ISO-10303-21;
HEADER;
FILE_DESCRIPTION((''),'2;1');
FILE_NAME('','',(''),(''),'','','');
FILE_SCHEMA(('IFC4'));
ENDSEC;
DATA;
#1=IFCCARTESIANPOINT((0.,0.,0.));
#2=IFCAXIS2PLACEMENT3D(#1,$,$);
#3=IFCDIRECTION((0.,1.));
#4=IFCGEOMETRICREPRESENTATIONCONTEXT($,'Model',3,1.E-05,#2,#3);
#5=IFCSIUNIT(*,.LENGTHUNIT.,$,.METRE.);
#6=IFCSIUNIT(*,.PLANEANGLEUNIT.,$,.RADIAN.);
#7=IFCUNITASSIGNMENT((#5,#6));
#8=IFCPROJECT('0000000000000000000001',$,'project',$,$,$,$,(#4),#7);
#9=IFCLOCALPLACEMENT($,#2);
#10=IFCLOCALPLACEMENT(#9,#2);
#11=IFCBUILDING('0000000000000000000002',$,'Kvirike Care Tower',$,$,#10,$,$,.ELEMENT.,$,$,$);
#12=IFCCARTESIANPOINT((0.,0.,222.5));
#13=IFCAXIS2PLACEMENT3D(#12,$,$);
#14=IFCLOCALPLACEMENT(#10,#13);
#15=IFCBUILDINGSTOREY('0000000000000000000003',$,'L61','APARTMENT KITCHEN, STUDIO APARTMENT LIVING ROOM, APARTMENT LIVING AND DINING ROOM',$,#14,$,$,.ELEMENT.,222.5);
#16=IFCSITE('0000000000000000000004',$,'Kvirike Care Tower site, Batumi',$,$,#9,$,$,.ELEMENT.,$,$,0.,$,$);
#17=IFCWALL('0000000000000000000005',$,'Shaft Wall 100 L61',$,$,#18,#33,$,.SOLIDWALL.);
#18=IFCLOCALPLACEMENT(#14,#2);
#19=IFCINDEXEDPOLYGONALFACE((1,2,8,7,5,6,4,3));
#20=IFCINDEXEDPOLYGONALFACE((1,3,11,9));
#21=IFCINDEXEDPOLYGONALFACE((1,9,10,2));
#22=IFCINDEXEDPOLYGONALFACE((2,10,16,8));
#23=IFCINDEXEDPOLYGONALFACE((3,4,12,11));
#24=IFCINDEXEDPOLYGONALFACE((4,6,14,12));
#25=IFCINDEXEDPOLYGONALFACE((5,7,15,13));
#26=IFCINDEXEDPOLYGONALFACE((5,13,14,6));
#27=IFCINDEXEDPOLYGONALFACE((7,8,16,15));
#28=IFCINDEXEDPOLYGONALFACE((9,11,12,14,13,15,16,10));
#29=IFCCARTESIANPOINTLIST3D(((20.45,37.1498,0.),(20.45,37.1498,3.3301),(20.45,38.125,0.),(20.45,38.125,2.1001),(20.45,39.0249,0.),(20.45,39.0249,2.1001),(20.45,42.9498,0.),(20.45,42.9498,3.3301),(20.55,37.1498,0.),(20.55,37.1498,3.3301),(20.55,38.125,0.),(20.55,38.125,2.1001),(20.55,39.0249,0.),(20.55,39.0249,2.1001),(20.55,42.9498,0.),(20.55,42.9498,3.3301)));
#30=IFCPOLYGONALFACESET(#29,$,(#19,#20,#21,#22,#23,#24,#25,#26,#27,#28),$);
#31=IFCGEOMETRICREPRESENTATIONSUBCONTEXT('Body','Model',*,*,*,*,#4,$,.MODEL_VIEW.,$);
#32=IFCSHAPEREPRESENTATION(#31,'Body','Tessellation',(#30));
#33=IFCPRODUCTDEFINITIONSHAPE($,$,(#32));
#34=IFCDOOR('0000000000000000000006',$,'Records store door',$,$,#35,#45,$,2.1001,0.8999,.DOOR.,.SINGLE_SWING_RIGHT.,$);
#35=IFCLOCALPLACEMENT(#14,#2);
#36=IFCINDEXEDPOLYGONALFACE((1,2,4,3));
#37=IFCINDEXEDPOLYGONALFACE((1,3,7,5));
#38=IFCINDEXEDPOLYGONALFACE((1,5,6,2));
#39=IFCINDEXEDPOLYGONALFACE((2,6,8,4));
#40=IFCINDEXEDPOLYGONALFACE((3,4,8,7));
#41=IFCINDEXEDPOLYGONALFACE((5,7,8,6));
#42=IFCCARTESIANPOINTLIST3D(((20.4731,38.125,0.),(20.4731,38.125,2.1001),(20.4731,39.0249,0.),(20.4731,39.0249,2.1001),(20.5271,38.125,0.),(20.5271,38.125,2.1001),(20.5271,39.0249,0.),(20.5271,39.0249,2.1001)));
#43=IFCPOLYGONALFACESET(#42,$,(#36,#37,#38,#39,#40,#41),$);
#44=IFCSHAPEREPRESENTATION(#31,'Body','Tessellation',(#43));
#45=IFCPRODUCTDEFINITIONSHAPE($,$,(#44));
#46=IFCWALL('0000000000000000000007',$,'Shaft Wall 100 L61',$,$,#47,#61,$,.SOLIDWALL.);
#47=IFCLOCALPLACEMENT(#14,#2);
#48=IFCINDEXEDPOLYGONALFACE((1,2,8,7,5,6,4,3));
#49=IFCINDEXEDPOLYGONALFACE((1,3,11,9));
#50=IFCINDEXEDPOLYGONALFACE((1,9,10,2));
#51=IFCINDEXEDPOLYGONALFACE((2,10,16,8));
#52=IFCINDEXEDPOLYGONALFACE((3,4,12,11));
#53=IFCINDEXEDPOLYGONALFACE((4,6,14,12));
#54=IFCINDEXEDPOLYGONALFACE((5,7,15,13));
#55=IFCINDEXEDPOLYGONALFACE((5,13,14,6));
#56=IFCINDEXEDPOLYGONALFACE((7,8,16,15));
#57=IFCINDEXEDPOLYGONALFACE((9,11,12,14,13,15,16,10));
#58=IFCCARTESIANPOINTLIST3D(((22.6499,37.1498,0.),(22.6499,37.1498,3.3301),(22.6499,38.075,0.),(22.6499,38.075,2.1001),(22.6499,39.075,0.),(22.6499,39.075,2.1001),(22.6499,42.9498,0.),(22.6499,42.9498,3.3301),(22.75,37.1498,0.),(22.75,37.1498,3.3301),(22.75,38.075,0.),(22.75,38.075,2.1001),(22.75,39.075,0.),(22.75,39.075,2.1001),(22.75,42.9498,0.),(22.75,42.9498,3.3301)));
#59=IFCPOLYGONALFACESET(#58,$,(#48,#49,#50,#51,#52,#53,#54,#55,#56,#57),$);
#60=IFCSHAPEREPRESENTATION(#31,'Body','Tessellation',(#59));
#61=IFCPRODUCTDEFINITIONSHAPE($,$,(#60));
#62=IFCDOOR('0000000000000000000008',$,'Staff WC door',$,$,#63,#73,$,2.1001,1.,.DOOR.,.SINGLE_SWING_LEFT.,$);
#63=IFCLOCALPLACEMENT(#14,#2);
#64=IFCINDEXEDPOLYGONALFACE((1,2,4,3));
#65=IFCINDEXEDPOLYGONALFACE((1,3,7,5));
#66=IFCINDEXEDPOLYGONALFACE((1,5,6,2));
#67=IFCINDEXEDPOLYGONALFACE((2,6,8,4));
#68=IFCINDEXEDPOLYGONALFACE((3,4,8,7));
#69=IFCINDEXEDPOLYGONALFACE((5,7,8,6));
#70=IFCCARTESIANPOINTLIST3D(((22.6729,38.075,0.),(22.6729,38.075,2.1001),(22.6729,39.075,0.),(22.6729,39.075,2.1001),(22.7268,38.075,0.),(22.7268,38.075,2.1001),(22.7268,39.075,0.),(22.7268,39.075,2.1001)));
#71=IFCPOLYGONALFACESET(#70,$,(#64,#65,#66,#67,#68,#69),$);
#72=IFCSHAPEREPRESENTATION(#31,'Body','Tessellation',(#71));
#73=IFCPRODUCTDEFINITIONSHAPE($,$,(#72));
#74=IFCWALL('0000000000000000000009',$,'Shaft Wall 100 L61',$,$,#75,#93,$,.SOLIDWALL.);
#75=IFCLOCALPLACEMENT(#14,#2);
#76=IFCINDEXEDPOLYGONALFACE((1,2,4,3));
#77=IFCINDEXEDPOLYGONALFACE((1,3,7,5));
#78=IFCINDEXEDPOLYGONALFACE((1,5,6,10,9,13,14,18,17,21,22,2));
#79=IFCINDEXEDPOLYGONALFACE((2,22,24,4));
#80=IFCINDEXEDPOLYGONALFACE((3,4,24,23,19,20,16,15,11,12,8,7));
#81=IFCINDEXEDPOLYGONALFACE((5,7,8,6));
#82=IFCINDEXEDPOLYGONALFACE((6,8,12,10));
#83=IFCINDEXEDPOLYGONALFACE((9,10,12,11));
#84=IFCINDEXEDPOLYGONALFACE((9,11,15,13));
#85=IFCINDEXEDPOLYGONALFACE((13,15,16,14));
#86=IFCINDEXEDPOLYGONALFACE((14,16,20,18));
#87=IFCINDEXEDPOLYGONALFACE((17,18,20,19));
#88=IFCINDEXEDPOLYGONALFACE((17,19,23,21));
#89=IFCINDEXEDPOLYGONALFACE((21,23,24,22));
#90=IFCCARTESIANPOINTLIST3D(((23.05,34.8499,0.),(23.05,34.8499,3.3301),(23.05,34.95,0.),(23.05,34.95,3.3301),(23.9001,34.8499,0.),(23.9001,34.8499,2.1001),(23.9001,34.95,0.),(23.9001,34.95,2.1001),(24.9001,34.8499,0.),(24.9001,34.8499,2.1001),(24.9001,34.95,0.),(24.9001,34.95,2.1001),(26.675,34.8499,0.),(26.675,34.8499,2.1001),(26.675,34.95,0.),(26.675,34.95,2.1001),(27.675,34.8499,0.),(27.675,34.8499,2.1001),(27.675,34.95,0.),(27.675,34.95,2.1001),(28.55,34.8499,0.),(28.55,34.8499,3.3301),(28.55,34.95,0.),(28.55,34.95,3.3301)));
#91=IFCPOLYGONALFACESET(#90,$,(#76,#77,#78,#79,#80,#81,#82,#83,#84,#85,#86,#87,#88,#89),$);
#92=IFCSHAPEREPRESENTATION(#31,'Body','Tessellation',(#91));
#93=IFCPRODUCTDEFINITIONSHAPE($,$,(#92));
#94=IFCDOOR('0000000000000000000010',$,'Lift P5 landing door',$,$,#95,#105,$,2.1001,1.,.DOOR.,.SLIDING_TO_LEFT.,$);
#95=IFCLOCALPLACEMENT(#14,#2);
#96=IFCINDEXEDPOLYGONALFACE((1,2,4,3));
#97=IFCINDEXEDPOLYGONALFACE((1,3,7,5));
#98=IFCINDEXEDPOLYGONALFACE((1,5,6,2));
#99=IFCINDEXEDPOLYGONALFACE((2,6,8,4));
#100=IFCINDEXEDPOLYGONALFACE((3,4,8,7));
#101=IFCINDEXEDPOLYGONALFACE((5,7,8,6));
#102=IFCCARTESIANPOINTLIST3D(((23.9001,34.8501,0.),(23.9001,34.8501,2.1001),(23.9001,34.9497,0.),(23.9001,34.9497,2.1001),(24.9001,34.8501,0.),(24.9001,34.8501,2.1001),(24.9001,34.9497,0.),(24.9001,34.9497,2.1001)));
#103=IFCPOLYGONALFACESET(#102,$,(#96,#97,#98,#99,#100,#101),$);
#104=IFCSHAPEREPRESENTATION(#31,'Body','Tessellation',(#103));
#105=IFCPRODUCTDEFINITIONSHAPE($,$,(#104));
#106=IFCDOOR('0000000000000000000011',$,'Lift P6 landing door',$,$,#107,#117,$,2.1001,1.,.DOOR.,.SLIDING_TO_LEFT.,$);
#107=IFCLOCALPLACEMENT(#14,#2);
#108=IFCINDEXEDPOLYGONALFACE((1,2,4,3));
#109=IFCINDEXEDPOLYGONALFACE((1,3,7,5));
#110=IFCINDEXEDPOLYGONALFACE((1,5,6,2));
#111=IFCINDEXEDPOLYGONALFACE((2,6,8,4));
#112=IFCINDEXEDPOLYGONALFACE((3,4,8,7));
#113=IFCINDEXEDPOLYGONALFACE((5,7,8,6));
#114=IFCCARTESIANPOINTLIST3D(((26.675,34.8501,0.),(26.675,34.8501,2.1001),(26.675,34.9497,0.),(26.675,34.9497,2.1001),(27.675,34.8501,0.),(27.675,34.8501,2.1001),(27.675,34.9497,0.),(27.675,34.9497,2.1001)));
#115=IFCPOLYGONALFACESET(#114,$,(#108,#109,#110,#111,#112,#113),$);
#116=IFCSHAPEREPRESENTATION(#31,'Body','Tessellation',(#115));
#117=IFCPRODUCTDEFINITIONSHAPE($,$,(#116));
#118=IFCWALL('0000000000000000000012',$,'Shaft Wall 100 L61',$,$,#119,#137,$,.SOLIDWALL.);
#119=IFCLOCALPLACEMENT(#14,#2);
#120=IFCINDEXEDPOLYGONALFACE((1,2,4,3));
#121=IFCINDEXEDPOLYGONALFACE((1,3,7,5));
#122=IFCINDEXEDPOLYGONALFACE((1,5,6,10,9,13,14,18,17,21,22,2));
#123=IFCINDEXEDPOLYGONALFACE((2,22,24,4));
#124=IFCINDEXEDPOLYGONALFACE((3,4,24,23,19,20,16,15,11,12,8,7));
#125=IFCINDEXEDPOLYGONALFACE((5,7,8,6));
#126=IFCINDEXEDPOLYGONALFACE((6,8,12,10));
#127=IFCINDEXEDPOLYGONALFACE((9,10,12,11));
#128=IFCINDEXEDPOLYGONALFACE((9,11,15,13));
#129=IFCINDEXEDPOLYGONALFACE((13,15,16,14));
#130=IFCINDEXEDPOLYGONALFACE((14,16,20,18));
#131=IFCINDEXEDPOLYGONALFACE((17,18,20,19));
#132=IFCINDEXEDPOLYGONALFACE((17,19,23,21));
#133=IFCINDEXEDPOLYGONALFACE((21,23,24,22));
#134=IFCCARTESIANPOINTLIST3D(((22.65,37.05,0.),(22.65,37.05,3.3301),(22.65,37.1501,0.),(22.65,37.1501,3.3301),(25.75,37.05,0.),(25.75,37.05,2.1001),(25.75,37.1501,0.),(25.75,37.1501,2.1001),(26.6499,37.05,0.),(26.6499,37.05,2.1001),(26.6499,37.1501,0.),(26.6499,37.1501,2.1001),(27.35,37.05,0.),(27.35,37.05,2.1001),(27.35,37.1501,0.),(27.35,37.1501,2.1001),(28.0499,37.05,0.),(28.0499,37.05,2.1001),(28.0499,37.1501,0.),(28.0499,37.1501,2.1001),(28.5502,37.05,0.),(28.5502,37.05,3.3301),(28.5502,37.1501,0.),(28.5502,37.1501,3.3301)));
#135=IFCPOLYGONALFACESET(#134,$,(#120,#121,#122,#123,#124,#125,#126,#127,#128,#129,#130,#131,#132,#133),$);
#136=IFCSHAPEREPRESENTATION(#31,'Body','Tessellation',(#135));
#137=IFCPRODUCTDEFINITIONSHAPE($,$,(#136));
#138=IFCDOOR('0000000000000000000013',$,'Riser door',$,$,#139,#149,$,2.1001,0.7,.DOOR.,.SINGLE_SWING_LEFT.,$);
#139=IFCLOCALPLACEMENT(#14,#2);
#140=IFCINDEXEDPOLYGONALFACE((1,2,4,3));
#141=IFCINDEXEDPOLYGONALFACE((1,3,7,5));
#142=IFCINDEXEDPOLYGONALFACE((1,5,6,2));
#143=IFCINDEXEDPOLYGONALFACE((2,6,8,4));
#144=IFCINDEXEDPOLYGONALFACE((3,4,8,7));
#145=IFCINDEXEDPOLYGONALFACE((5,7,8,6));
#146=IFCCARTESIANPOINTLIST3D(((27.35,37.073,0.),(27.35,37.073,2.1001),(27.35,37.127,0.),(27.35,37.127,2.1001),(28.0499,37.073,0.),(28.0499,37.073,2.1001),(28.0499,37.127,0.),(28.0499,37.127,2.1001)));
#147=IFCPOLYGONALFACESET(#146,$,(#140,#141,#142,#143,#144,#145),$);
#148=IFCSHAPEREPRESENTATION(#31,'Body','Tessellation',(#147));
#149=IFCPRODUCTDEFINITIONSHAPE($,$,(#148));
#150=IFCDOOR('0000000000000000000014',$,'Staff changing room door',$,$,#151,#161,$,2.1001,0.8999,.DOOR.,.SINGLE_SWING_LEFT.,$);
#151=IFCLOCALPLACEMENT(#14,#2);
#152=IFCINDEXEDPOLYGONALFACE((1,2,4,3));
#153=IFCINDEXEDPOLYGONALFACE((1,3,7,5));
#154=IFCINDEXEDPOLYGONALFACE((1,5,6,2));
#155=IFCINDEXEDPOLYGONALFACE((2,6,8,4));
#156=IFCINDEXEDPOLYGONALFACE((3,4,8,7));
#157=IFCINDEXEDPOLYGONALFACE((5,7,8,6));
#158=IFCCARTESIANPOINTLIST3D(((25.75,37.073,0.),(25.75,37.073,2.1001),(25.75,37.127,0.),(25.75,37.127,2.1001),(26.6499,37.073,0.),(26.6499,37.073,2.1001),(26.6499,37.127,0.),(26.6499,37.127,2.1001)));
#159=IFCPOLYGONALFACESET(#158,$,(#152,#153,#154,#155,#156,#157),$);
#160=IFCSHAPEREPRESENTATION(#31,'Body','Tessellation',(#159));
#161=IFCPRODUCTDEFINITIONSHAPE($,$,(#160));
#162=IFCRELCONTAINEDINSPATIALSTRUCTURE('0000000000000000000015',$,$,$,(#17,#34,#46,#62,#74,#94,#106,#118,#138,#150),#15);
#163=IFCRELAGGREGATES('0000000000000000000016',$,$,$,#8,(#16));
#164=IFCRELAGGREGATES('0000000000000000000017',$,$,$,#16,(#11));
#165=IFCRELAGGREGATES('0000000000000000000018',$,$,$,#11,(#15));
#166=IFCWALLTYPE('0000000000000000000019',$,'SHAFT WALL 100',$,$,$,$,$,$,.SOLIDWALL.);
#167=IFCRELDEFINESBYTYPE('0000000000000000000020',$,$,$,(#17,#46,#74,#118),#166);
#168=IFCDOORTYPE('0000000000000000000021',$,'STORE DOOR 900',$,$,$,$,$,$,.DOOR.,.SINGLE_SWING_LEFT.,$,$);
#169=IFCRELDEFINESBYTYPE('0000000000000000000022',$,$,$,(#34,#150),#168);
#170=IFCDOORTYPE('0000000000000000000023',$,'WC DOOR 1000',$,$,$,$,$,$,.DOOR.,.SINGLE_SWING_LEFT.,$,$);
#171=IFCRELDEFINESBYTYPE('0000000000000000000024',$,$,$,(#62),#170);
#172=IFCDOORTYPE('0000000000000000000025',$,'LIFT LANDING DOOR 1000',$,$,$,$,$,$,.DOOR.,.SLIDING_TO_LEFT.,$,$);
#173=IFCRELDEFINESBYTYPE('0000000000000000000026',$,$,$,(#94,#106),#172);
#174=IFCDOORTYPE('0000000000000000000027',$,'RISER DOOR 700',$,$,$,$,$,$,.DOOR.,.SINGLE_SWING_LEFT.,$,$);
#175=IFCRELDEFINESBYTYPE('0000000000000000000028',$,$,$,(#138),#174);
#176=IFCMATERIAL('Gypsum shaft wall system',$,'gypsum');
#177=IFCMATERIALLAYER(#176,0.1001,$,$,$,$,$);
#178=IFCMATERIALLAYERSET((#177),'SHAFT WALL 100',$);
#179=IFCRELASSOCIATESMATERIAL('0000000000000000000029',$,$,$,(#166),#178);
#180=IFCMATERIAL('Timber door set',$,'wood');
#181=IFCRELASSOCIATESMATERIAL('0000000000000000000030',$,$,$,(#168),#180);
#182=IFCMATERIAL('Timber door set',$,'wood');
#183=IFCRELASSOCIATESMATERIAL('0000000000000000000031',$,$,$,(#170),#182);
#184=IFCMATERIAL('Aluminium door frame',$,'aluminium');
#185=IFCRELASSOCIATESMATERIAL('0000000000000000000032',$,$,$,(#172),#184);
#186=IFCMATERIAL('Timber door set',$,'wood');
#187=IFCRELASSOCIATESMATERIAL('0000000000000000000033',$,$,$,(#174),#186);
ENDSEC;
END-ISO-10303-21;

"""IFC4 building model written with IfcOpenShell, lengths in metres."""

from ifc_helpers import new_model, si_unit, direction, frame, frame_2d, origin, place, context, subcontext, project, spatial, rectangle, extrude, material, layer, layer_set, type_object, element, fill, save


model = new_model("IFC4")

# Units and contexts
model_context = context("Model", 3, precision=1e-05, world=origin(), true_north=direction((0.0, 1.0)))
body_context = subcontext(model_context, "Body", "Model", "MODEL_VIEW")
ifc_project = project(units=[si_unit("LENGTHUNIT", "METRE"), si_unit("PLANEANGLEUNIT", "RADIAN")], contexts=[model_context])

# Site, building, storey
site_placement = place(None, origin())
site = spatial("IfcSite", under=ifc_project, at=site_placement, Name="Kvirike Care Tower site, Batumi", CompositionType="ELEMENT", RefElevation=0.0)
building_placement = place(site_placement, origin())
building = spatial("IfcBuilding", under=site, at=building_placement, Name="Kvirike Care Tower", CompositionType="ELEMENT")
storey_placement = place(building_placement, frame((0.0, 0.0, 222.5)))
storey = spatial("IfcBuildingStorey", under=building, at=storey_placement, Name="L61", Description="APARTMENT KITCHEN, STUDIO APARTMENT LIVING ROOM, APARTMENT LIVING AND DINING ROOM", CompositionType="ELEMENT", Elevation=222.5)

# Shared definitions
ifc_material_1 = material(Name="Gypsum shaft wall system", Category="gypsum")
ifc_layer_1 = layer(ifc_material_1, 0.1001)
ifc_layer_set_1 = layer_set([ifc_layer_1], Name="SHAFT WALL 100")
wall_type_1 = type_object("IfcWallType", Name="SHAFT WALL 100", PredefinedType="SOLIDWALL", material=ifc_layer_set_1)

# Walls, openings, doors
wall_1_placement = place(storey_placement, frame((20.5, 37.1499, 0.0), z_axis=(0.0, 0.0, 1.0), x_axis=(0.0, 1.0, 0.0)))
wall_1 = element("IfcWall", 1, at=wall_1_placement, inside=storey, type_object=wall_type_1, Name="Shaft Wall 100 L61", PredefinedType="SOLIDWALL", context=body_context, shape_type="SweptSolid", body=[
    extrude(rectangle(XDim=5.8, YDim=0.1001, at=frame_2d((2.8999, 0.0))), origin(), (0.0, 0.0, 1.0), 3.3301),
])
opening_1_placement = place(wall_1_placement, frame((0.9751, 0.0, 0.0)))
opening_1 = element("IfcOpeningElement", 2, at=opening_1_placement, cuts=wall_1, PredefinedType="OPENING", context=body_context, shape_type="SweptSolid", body=[
    extrude(rectangle(XDim=0.8999, YDim=2.1001, at=frame_2d((0.45, 1.05))), frame((0.0, 0.0605, 0.0), z_axis=(0.0, -1.0, 0.0), x_axis=(1.0, 0.0, 0.0)), (0.0, 0.0, 1.0), 0.1211),
])
ifc_material_2 = material(Name="Timber door set", Category="wood")
door_type_1 = type_object("IfcDoorType", Name="STORE DOOR 900", OperationType="SINGLE_SWING_LEFT", PredefinedType="DOOR", material=ifc_material_2)
door_1_placement = place(opening_1_placement, origin())
door_1 = element("IfcDoor", 3, at=door_1_placement, inside=storey, type_object=door_type_1, Name="Records store door", OperationType="SINGLE_SWING_RIGHT", OverallHeight=2.1001, OverallWidth=0.8999, PredefinedType="DOOR", context=body_context, shape_type="SweptSolid", body=[
    extrude(rectangle(XDim=0.8999, YDim=2.1001, at=frame_2d((0.45, 1.05))), frame((0.0, 0.0269, 0.0), z_axis=(0.0, -1.0, 0.0), x_axis=(1.0, 0.0, 0.0)), (0.0, 0.0, 1.0), 0.054),
])
fill(opening_1, door_1)
wall_2_placement = place(storey_placement, frame((22.7, 37.1499, 0.0), z_axis=(0.0, 0.0, 1.0), x_axis=(0.0, 1.0, 0.0)))
wall_2 = element("IfcWall", 4, at=wall_2_placement, inside=storey, type_object=wall_type_1, Name="Shaft Wall 100 L61", PredefinedType="SOLIDWALL", context=body_context, shape_type="SweptSolid", body=[
    extrude(rectangle(XDim=5.8, YDim=0.1001, at=frame_2d((2.8999, 0.0))), origin(), (0.0, 0.0, 1.0), 3.3301),
])
opening_2_placement = place(wall_2_placement, frame((0.925, 0.0, 0.0)))
opening_2 = element("IfcOpeningElement", 5, at=opening_2_placement, cuts=wall_2, PredefinedType="OPENING", context=body_context, shape_type="SweptSolid", body=[
    extrude(rectangle(XDim=1.0, YDim=2.1001, at=frame_2d((0.5, 1.05))), frame((0.0, 0.0605, 0.0), z_axis=(0.0, -1.0, 0.0), x_axis=(1.0, 0.0, 0.0)), (0.0, 0.0, 1.0), 0.1211),
])
ifc_material_3 = material(Name="Timber door set", Category="wood")
door_type_2 = type_object("IfcDoorType", Name="WC DOOR 1000", OperationType="SINGLE_SWING_LEFT", PredefinedType="DOOR", material=ifc_material_3)
door_2_placement = place(opening_2_placement, frame((1.0, 0.0, 0.0), z_axis=(0.0, 0.0, 1.0), x_axis=(-1.0, 0.0, 0.0)))
door_2 = element("IfcDoor", 6, at=door_2_placement, inside=storey, type_object=door_type_2, Name="Staff WC door", OperationType="SINGLE_SWING_LEFT", OverallHeight=2.1001, OverallWidth=1.0, PredefinedType="DOOR", context=body_context, shape_type="SweptSolid", body=[
    extrude(rectangle(XDim=1.0, YDim=2.1001, at=frame_2d((0.5, 1.05))), frame((0.0, 0.0269, 0.0), z_axis=(0.0, -1.0, 0.0), x_axis=(1.0, 0.0, 0.0)), (0.0, 0.0, 1.0), 0.054),
])
fill(opening_2, door_2)

# Walls, openings, doors
wall_3_placement = place(storey_placement, frame((23.05, 34.8999, 0.0), z_axis=(0.0, 0.0, 1.0), x_axis=(1.0, 0.0, 0.0)))
wall_3 = element("IfcWall", 7, at=wall_3_placement, inside=storey, type_object=wall_type_1, Name="Shaft Wall 100 L61", PredefinedType="SOLIDWALL", context=body_context, shape_type="SweptSolid", body=[
    extrude(rectangle(XDim=5.5, YDim=0.1001, at=frame_2d((2.75, 0.0))), origin(), (0.0, 0.0, 1.0), 3.3301),
])
opening_3_placement = place(wall_3_placement, frame((0.8501, 0.0, 0.0)))
opening_3 = element("IfcOpeningElement", 8, at=opening_3_placement, cuts=wall_3, PredefinedType="OPENING", context=body_context, shape_type="SweptSolid", body=[
    extrude(rectangle(XDim=1.0, YDim=2.1001, at=frame_2d((0.5, 1.05))), frame((0.0, 0.0605, 0.0), z_axis=(0.0, -1.0, 0.0), x_axis=(1.0, 0.0, 0.0)), (0.0, 0.0, 1.0), 0.1211),
])
opening_4_placement = place(wall_3_placement, frame((3.625, 0.0, 0.0)))
opening_4 = element("IfcOpeningElement", 9, at=opening_4_placement, cuts=wall_3, PredefinedType="OPENING", context=body_context, shape_type="SweptSolid", body=[
    extrude(rectangle(XDim=1.0, YDim=2.1001, at=frame_2d((0.5, 1.05))), frame((0.0, 0.0605, 0.0), z_axis=(0.0, -1.0, 0.0), x_axis=(1.0, 0.0, 0.0)), (0.0, 0.0, 1.0), 0.1211),
])
ifc_material_4 = material(Name="Aluminium door frame", Category="aluminium")
door_type_3 = type_object("IfcDoorType", Name="LIFT LANDING DOOR 1000", OperationType="SLIDING_TO_LEFT", PredefinedType="DOOR", material=ifc_material_4)
door_3_placement = place(opening_3_placement, origin())
door_3 = element("IfcDoor", 10, at=door_3_placement, inside=storey, type_object=door_type_3, Name="Lift P5 landing door", OperationType="SLIDING_TO_LEFT", OverallHeight=2.1001, OverallWidth=1.0, PredefinedType="DOOR", context=body_context, shape_type="SweptSolid", body=[
    extrude(rectangle(XDim=1.0, YDim=2.1001, at=frame_2d((0.5, 1.05))), frame((0.0, 0.0498, 0.0), z_axis=(0.0, -1.0, 0.0), x_axis=(1.0, 0.0, 0.0)), (0.0, 0.0, 1.0), 0.0996),
])
fill(opening_3, door_3)
door_4_placement = place(opening_4_placement, origin())
door_4 = element("IfcDoor", 11, at=door_4_placement, inside=storey, type_object=door_type_3, Name="Lift P6 landing door", OperationType="SLIDING_TO_LEFT", OverallHeight=2.1001, OverallWidth=1.0, PredefinedType="DOOR", context=body_context, shape_type="SweptSolid", body=[
    extrude(rectangle(XDim=1.0, YDim=2.1001, at=frame_2d((0.5, 1.05))), frame((0.0, 0.0498, 0.0), z_axis=(0.0, -1.0, 0.0), x_axis=(1.0, 0.0, 0.0)), (0.0, 0.0, 1.0), 0.0996),
])
fill(opening_4, door_4)
wall_4_placement = place(storey_placement, frame((22.6499, 37.1001, 0.0), z_axis=(0.0, 0.0, 1.0), x_axis=(1.0, 0.0, 0.0)))
wall_4 = element("IfcWall", 12, at=wall_4_placement, inside=storey, type_object=wall_type_1, Name="Shaft Wall 100 L61", PredefinedType="SOLIDWALL", context=body_context, shape_type="SweptSolid", body=[
    extrude(rectangle(XDim=5.9001, YDim=0.1001, at=frame_2d((2.9502, 0.0))), origin(), (0.0, 0.0, 1.0), 3.3301),
])
opening_5_placement = place(wall_4_placement, frame((3.1001, 0.0, 0.0)))
opening_5 = element("IfcOpeningElement", 13, at=opening_5_placement, cuts=wall_4, PredefinedType="OPENING", context=body_context, shape_type="SweptSolid", body=[
    extrude(rectangle(XDim=0.8999, YDim=2.1001, at=frame_2d((0.45, 1.05))), frame((0.0, 0.0605, 0.0), z_axis=(0.0, -1.0, 0.0), x_axis=(1.0, 0.0, 0.0)), (0.0, 0.0, 1.0), 0.1211),
])
opening_6_placement = place(wall_4_placement, frame((4.7, 0.0, 0.0)))
opening_6 = element("IfcOpeningElement", 14, at=opening_6_placement, cuts=wall_4, PredefinedType="OPENING", context=body_context, shape_type="SweptSolid", body=[
    extrude(rectangle(XDim=0.7, YDim=2.1001, at=frame_2d((0.3501, 1.05))), frame((0.0, 0.0605, 0.0), z_axis=(0.0, -1.0, 0.0), x_axis=(1.0, 0.0, 0.0)), (0.0, 0.0, 1.0), 0.1211),
])
ifc_material_5 = material(Name="Timber door set", Category="wood")
door_type_4 = type_object("IfcDoorType", Name="RISER DOOR 700", OperationType="SINGLE_SWING_LEFT", PredefinedType="DOOR", material=ifc_material_5)
door_5_placement = place(opening_6_placement, origin())
door_5 = element("IfcDoor", 15, at=door_5_placement, inside=storey, type_object=door_type_4, Name="Riser door", OperationType="SINGLE_SWING_LEFT", OverallHeight=2.1001, OverallWidth=0.7, PredefinedType="DOOR", context=body_context, shape_type="SweptSolid", body=[
    extrude(rectangle(XDim=0.7, YDim=2.1001, at=frame_2d((0.3501, 1.05))), frame((0.0, 0.0269, 0.0), z_axis=(0.0, -1.0, 0.0), x_axis=(1.0, 0.0, 0.0)), (0.0, 0.0, 1.0), 0.054),
])
fill(opening_6, door_5)
door_6_placement = place(opening_5_placement, origin())
door_6 = element("IfcDoor", 16, at=door_6_placement, inside=storey, type_object=door_type_1, Name="Staff changing room door", OperationType="SINGLE_SWING_LEFT", OverallHeight=2.1001, OverallWidth=0.8999, PredefinedType="DOOR", context=body_context, shape_type="SweptSolid", body=[
    extrude(rectangle(XDim=0.8999, YDim=2.1001, at=frame_2d((0.45, 1.05))), frame((0.0, 0.0269, 0.0), z_axis=(0.0, -1.0, 0.0), x_axis=(1.0, 0.0, 0.0)), (0.0, 0.0, 1.0), 0.054),
])
fill(opening_5, door_6)

save(model, "model.ifc")
